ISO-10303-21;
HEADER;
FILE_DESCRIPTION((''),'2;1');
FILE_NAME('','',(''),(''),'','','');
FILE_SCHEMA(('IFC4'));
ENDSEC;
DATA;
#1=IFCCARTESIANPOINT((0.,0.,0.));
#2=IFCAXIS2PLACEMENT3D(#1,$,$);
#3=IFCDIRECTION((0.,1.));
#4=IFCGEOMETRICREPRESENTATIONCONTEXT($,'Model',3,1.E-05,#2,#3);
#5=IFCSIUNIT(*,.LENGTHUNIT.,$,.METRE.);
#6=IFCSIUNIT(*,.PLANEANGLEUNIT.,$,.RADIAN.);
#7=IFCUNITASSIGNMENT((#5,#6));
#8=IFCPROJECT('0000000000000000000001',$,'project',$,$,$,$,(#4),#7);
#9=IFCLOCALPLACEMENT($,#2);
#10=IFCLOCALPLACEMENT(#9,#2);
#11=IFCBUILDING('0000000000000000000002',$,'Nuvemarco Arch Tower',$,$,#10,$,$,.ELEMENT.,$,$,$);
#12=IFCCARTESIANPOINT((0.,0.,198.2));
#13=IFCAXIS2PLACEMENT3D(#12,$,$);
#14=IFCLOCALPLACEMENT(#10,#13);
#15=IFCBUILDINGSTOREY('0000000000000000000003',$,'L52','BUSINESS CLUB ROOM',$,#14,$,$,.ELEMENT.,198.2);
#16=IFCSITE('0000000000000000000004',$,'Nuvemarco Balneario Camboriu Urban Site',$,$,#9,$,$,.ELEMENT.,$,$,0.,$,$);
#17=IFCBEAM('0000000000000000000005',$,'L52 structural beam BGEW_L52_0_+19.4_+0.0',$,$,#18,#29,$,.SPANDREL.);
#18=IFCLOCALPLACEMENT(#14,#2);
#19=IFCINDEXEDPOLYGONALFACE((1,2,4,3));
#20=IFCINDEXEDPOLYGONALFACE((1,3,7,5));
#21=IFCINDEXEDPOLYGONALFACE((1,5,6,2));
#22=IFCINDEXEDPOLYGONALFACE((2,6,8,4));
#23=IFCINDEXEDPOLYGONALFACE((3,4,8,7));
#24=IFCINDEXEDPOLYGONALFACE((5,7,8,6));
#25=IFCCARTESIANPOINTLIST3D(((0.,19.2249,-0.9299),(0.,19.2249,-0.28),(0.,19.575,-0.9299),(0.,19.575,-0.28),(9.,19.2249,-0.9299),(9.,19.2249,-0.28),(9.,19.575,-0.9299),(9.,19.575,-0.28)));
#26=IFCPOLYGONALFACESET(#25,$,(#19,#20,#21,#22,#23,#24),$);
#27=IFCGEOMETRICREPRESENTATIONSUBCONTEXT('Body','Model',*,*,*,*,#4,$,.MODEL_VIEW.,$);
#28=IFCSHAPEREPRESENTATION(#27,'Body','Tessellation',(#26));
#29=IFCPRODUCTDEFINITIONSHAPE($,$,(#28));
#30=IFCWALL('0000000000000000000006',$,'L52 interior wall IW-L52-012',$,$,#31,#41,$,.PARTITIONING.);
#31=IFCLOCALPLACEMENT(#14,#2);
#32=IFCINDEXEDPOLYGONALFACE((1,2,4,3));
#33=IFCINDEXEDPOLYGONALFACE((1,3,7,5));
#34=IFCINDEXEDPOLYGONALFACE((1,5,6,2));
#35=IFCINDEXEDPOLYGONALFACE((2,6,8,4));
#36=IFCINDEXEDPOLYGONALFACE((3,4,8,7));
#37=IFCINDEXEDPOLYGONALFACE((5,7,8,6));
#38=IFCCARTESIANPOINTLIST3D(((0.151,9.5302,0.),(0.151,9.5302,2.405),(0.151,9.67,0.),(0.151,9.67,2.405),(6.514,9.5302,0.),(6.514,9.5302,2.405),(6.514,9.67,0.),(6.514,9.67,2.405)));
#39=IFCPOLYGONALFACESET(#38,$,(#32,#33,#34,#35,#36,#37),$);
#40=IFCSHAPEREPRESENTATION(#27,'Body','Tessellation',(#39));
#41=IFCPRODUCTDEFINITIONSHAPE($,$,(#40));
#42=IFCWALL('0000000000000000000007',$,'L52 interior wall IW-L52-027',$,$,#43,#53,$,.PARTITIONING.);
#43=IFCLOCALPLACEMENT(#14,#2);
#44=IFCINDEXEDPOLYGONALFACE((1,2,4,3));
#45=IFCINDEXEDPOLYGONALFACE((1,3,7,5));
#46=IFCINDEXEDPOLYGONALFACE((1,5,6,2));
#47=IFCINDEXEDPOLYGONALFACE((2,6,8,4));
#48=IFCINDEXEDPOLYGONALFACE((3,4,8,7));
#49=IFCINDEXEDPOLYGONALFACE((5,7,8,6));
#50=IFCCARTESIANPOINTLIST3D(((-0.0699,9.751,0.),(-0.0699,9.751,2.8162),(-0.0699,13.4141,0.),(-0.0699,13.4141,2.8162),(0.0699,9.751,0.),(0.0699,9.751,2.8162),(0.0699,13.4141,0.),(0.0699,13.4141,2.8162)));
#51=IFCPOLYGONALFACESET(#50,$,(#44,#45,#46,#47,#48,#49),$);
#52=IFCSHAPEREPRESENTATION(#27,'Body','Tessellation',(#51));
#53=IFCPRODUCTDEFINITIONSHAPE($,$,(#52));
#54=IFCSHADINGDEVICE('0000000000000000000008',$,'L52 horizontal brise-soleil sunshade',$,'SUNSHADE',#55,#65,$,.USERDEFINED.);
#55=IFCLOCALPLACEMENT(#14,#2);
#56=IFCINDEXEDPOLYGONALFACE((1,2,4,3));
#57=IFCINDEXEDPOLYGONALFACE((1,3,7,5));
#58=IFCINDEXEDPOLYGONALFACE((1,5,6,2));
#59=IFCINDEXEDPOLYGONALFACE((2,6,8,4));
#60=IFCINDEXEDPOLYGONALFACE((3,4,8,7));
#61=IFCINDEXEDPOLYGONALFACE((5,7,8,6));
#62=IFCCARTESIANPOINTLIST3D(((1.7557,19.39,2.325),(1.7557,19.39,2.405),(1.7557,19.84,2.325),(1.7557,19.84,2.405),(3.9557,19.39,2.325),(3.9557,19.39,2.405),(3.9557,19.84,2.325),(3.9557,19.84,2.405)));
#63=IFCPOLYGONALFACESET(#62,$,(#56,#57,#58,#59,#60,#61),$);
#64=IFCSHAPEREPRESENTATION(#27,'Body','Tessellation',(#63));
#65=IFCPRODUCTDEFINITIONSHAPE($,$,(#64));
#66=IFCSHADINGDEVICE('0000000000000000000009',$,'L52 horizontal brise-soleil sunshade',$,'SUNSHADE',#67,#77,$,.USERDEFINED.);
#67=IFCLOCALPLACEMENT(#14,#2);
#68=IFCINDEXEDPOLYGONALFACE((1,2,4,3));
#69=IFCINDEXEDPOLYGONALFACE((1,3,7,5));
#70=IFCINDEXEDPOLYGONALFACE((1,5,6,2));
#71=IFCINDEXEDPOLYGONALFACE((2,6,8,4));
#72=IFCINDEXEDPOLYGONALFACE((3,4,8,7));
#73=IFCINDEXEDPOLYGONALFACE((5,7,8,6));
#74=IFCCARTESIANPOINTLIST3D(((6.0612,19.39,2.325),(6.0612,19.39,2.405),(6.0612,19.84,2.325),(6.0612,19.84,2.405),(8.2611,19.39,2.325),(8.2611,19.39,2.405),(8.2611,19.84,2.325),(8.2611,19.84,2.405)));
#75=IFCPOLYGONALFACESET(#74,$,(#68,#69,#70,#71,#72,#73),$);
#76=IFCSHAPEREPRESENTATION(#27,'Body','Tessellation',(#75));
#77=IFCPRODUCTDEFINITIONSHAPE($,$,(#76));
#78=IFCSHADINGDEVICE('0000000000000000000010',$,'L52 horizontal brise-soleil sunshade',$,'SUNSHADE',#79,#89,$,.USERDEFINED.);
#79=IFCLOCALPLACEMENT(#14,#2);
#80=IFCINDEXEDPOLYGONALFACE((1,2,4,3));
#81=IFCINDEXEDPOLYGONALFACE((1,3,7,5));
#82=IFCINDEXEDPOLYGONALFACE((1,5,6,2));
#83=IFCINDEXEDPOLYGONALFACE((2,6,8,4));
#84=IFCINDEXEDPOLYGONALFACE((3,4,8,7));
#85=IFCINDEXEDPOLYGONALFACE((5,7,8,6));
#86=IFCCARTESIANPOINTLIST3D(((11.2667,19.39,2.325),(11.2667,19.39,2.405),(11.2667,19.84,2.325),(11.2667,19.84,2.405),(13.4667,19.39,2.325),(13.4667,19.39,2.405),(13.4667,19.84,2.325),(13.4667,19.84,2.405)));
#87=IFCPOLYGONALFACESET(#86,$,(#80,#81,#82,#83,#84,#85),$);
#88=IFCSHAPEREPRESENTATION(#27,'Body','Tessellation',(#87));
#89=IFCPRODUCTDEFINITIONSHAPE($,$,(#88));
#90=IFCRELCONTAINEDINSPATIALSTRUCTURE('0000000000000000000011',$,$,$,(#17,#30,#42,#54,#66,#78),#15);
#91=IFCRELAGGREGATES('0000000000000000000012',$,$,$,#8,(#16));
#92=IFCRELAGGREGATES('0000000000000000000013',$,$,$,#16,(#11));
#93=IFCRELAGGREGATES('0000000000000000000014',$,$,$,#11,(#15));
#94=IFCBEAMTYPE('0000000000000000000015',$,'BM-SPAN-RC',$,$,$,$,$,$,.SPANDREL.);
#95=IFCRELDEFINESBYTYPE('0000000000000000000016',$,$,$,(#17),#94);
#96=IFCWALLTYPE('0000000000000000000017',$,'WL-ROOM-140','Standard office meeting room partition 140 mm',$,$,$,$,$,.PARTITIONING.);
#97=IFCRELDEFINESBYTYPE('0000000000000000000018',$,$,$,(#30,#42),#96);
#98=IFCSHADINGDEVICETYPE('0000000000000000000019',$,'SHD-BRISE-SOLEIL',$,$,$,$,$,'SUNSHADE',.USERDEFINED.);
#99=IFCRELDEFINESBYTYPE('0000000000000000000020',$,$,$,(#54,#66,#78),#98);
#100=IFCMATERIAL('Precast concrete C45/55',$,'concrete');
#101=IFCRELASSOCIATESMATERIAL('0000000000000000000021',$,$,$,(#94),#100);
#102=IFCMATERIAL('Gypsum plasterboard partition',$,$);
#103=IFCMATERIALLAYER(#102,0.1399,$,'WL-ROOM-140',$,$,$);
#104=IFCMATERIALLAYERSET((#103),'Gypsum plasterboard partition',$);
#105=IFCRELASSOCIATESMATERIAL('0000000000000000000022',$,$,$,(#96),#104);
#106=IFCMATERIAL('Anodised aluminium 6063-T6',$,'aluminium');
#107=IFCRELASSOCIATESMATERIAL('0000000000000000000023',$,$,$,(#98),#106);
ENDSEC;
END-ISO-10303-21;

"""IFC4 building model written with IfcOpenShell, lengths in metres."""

from ifc_helpers import new_model, si_unit, direction, frame, frame_2d, origin, origin_2d, place, context, subcontext, project, spatial, rectangle, extrude, source, transform, mapped, material, layer, layer_set, material_profile, profile_set, type_object, type_shapes, element, save


model = new_model("IFC4")

# Units and contexts
model_context = context("Model", 3, precision=1e-05, world=origin(), true_north=direction((0.0, 1.0)))
body_context = subcontext(model_context, "Body", "Model", "MODEL_VIEW")
ifc_project = project(units=[si_unit("LENGTHUNIT", "METRE"), si_unit("PLANEANGLEUNIT", "RADIAN")], contexts=[model_context])

# Site, building, storey
site_placement = place(None, origin())
site = spatial("IfcSite", under=ifc_project, at=site_placement, Name="Nuvemarco Balneario Camboriu Urban Site", CompositionType="ELEMENT", RefElevation=0.0)
building_placement = place(site_placement, origin())
building = spatial("IfcBuilding", under=site, at=building_placement, Name="Nuvemarco Arch Tower", CompositionType="ELEMENT")
storey_placement = place(building_placement, frame((0.0, 0.0, 198.2)))
storey = spatial("IfcBuildingStorey", under=building, at=storey_placement, Name="L52", Description="BUSINESS CLUB ROOM", CompositionType="ELEMENT", Elevation=198.2)

# Beam
ifc_material_1 = material(Name="Precast concrete C45/55", Category="concrete")
ifc_material_profile_1 = material_profile(ifc_material_1, rectangle(XDim=0.3501, YDim=0.6499, at=origin_2d()), Name="PC-SP-350x650")
ifc_profile_set_1 = profile_set([ifc_material_profile_1], Name="Precast concrete C45/55")
beam_type_1 = type_object("IfcBeamType", Name="BM-SPAN-RC", PredefinedType="SPANDREL", material=ifc_profile_set_1)
beam_1_placement = place(storey_placement, frame((0.0, 19.3999, -0.605), z_axis=(1.0, 0.0, 0.0), x_axis=(0.0, 1.0, 0.0)))
element("IfcBeam", 1, at=beam_1_placement, inside=storey, type_object=beam_type_1, Name="L52 structural beam BGEW_L52_0_+19.4_+0.0", PredefinedType="SPANDREL", context=body_context, shape_type="SweptSolid", body=[
    extrude(rectangle(XDim=0.3501, YDim=0.6499, at=origin_2d()), origin(), (0.0, 0.0, 1.0), 9.0),
])

# Walls
ifc_material_2 = material(Name="Gypsum plasterboard partition")
ifc_layer = layer(ifc_material_2, 0.1399, Name="WL-ROOM-140")
ifc_layer_set = layer_set([ifc_layer], Name="Gypsum plasterboard partition")
wall_type = type_object("IfcWallType", Name="WL-ROOM-140", Description="Standard office meeting room partition 140 mm", PredefinedType="PARTITIONING", material=ifc_layer_set)
wall_1_placement = place(storey_placement, frame((0.1509, 9.6001, 0.0), z_axis=(0.0, 0.0, 1.0), x_axis=(1.0, 0.0, 0.0)))
element("IfcWall", 2, at=wall_1_placement, inside=storey, type_object=wall_type, Name="L52 interior wall IW-L52-012", PredefinedType="PARTITIONING", context=body_context, shape_type="SweptSolid", body=[
    extrude(rectangle(XDim=6.363, YDim=0.1399, at=frame_2d((3.1816, 0.0))), origin(), (0.0, 0.0, 1.0), 2.405),
])
wall_2_placement = place(storey_placement, frame((0.0, 9.751, 0.0), z_axis=(0.0, 0.0, 1.0), x_axis=(0.0, 1.0, 0.0)))
element("IfcWall", 3, at=wall_2_placement, inside=storey, type_object=wall_type, Name="L52 interior wall IW-L52-027", PredefinedType="PARTITIONING", context=body_context, shape_type="SweptSolid", body=[
    extrude(rectangle(XDim=3.6631, YDim=0.1399, at=frame_2d((1.8315, 0.0))), origin(), (0.0, 0.0, 1.0), 2.8162),
])

# Shading devices
ifc_material_3 = material(Name="Anodised aluminium 6063-T6", Category="aluminium")
shading_device_type = type_object("IfcShadingDeviceType", Name="SHD-BRISE-SOLEIL", ElementType="SUNSHADE", PredefinedType="USERDEFINED", material=ifc_material_3)
shared_shape = source(origin(), body_context, "Body", "SweptSolid", [
    extrude(rectangle(XDim=2.2, YDim=0.45, at=origin_2d()), origin(), (0.0, 0.0, 1.0), 0.0801),
])
type_shapes(shading_device_type, [shared_shape])
for number, where, z_axis, x_axis, name in (
    (4, (2.8557, 19.615, 2.325), (0.0, 0.0, 1.0), (1.0, 0.0, 0.0), "L52 horizontal brise-soleil sunshade"),
    (5, (7.1611, 19.615, 2.325), (0.0, 0.0, 1.0), (1.0, 0.0, 0.0), "L52 horizontal brise-soleil sunshade"),
    (6, (12.3667, 19.615, 2.325), (0.0, 0.0, 1.0), (1.0, 0.0, 0.0), "L52 horizontal brise-soleil sunshade"),
):
    element("IfcShadingDevice", number, at=place(storey_placement, frame(where, z_axis=z_axis, x_axis=x_axis)), inside=storey, type_object=shading_device_type, Name=name, ObjectType="SUNSHADE", PredefinedType="USERDEFINED", context=body_context, shape_type="MappedRepresentation", body=[
        mapped(shared_shape, transform((0.0, 0.0, 0.0), scale=1.0)),
    ])

save(model, "model.ifc")
